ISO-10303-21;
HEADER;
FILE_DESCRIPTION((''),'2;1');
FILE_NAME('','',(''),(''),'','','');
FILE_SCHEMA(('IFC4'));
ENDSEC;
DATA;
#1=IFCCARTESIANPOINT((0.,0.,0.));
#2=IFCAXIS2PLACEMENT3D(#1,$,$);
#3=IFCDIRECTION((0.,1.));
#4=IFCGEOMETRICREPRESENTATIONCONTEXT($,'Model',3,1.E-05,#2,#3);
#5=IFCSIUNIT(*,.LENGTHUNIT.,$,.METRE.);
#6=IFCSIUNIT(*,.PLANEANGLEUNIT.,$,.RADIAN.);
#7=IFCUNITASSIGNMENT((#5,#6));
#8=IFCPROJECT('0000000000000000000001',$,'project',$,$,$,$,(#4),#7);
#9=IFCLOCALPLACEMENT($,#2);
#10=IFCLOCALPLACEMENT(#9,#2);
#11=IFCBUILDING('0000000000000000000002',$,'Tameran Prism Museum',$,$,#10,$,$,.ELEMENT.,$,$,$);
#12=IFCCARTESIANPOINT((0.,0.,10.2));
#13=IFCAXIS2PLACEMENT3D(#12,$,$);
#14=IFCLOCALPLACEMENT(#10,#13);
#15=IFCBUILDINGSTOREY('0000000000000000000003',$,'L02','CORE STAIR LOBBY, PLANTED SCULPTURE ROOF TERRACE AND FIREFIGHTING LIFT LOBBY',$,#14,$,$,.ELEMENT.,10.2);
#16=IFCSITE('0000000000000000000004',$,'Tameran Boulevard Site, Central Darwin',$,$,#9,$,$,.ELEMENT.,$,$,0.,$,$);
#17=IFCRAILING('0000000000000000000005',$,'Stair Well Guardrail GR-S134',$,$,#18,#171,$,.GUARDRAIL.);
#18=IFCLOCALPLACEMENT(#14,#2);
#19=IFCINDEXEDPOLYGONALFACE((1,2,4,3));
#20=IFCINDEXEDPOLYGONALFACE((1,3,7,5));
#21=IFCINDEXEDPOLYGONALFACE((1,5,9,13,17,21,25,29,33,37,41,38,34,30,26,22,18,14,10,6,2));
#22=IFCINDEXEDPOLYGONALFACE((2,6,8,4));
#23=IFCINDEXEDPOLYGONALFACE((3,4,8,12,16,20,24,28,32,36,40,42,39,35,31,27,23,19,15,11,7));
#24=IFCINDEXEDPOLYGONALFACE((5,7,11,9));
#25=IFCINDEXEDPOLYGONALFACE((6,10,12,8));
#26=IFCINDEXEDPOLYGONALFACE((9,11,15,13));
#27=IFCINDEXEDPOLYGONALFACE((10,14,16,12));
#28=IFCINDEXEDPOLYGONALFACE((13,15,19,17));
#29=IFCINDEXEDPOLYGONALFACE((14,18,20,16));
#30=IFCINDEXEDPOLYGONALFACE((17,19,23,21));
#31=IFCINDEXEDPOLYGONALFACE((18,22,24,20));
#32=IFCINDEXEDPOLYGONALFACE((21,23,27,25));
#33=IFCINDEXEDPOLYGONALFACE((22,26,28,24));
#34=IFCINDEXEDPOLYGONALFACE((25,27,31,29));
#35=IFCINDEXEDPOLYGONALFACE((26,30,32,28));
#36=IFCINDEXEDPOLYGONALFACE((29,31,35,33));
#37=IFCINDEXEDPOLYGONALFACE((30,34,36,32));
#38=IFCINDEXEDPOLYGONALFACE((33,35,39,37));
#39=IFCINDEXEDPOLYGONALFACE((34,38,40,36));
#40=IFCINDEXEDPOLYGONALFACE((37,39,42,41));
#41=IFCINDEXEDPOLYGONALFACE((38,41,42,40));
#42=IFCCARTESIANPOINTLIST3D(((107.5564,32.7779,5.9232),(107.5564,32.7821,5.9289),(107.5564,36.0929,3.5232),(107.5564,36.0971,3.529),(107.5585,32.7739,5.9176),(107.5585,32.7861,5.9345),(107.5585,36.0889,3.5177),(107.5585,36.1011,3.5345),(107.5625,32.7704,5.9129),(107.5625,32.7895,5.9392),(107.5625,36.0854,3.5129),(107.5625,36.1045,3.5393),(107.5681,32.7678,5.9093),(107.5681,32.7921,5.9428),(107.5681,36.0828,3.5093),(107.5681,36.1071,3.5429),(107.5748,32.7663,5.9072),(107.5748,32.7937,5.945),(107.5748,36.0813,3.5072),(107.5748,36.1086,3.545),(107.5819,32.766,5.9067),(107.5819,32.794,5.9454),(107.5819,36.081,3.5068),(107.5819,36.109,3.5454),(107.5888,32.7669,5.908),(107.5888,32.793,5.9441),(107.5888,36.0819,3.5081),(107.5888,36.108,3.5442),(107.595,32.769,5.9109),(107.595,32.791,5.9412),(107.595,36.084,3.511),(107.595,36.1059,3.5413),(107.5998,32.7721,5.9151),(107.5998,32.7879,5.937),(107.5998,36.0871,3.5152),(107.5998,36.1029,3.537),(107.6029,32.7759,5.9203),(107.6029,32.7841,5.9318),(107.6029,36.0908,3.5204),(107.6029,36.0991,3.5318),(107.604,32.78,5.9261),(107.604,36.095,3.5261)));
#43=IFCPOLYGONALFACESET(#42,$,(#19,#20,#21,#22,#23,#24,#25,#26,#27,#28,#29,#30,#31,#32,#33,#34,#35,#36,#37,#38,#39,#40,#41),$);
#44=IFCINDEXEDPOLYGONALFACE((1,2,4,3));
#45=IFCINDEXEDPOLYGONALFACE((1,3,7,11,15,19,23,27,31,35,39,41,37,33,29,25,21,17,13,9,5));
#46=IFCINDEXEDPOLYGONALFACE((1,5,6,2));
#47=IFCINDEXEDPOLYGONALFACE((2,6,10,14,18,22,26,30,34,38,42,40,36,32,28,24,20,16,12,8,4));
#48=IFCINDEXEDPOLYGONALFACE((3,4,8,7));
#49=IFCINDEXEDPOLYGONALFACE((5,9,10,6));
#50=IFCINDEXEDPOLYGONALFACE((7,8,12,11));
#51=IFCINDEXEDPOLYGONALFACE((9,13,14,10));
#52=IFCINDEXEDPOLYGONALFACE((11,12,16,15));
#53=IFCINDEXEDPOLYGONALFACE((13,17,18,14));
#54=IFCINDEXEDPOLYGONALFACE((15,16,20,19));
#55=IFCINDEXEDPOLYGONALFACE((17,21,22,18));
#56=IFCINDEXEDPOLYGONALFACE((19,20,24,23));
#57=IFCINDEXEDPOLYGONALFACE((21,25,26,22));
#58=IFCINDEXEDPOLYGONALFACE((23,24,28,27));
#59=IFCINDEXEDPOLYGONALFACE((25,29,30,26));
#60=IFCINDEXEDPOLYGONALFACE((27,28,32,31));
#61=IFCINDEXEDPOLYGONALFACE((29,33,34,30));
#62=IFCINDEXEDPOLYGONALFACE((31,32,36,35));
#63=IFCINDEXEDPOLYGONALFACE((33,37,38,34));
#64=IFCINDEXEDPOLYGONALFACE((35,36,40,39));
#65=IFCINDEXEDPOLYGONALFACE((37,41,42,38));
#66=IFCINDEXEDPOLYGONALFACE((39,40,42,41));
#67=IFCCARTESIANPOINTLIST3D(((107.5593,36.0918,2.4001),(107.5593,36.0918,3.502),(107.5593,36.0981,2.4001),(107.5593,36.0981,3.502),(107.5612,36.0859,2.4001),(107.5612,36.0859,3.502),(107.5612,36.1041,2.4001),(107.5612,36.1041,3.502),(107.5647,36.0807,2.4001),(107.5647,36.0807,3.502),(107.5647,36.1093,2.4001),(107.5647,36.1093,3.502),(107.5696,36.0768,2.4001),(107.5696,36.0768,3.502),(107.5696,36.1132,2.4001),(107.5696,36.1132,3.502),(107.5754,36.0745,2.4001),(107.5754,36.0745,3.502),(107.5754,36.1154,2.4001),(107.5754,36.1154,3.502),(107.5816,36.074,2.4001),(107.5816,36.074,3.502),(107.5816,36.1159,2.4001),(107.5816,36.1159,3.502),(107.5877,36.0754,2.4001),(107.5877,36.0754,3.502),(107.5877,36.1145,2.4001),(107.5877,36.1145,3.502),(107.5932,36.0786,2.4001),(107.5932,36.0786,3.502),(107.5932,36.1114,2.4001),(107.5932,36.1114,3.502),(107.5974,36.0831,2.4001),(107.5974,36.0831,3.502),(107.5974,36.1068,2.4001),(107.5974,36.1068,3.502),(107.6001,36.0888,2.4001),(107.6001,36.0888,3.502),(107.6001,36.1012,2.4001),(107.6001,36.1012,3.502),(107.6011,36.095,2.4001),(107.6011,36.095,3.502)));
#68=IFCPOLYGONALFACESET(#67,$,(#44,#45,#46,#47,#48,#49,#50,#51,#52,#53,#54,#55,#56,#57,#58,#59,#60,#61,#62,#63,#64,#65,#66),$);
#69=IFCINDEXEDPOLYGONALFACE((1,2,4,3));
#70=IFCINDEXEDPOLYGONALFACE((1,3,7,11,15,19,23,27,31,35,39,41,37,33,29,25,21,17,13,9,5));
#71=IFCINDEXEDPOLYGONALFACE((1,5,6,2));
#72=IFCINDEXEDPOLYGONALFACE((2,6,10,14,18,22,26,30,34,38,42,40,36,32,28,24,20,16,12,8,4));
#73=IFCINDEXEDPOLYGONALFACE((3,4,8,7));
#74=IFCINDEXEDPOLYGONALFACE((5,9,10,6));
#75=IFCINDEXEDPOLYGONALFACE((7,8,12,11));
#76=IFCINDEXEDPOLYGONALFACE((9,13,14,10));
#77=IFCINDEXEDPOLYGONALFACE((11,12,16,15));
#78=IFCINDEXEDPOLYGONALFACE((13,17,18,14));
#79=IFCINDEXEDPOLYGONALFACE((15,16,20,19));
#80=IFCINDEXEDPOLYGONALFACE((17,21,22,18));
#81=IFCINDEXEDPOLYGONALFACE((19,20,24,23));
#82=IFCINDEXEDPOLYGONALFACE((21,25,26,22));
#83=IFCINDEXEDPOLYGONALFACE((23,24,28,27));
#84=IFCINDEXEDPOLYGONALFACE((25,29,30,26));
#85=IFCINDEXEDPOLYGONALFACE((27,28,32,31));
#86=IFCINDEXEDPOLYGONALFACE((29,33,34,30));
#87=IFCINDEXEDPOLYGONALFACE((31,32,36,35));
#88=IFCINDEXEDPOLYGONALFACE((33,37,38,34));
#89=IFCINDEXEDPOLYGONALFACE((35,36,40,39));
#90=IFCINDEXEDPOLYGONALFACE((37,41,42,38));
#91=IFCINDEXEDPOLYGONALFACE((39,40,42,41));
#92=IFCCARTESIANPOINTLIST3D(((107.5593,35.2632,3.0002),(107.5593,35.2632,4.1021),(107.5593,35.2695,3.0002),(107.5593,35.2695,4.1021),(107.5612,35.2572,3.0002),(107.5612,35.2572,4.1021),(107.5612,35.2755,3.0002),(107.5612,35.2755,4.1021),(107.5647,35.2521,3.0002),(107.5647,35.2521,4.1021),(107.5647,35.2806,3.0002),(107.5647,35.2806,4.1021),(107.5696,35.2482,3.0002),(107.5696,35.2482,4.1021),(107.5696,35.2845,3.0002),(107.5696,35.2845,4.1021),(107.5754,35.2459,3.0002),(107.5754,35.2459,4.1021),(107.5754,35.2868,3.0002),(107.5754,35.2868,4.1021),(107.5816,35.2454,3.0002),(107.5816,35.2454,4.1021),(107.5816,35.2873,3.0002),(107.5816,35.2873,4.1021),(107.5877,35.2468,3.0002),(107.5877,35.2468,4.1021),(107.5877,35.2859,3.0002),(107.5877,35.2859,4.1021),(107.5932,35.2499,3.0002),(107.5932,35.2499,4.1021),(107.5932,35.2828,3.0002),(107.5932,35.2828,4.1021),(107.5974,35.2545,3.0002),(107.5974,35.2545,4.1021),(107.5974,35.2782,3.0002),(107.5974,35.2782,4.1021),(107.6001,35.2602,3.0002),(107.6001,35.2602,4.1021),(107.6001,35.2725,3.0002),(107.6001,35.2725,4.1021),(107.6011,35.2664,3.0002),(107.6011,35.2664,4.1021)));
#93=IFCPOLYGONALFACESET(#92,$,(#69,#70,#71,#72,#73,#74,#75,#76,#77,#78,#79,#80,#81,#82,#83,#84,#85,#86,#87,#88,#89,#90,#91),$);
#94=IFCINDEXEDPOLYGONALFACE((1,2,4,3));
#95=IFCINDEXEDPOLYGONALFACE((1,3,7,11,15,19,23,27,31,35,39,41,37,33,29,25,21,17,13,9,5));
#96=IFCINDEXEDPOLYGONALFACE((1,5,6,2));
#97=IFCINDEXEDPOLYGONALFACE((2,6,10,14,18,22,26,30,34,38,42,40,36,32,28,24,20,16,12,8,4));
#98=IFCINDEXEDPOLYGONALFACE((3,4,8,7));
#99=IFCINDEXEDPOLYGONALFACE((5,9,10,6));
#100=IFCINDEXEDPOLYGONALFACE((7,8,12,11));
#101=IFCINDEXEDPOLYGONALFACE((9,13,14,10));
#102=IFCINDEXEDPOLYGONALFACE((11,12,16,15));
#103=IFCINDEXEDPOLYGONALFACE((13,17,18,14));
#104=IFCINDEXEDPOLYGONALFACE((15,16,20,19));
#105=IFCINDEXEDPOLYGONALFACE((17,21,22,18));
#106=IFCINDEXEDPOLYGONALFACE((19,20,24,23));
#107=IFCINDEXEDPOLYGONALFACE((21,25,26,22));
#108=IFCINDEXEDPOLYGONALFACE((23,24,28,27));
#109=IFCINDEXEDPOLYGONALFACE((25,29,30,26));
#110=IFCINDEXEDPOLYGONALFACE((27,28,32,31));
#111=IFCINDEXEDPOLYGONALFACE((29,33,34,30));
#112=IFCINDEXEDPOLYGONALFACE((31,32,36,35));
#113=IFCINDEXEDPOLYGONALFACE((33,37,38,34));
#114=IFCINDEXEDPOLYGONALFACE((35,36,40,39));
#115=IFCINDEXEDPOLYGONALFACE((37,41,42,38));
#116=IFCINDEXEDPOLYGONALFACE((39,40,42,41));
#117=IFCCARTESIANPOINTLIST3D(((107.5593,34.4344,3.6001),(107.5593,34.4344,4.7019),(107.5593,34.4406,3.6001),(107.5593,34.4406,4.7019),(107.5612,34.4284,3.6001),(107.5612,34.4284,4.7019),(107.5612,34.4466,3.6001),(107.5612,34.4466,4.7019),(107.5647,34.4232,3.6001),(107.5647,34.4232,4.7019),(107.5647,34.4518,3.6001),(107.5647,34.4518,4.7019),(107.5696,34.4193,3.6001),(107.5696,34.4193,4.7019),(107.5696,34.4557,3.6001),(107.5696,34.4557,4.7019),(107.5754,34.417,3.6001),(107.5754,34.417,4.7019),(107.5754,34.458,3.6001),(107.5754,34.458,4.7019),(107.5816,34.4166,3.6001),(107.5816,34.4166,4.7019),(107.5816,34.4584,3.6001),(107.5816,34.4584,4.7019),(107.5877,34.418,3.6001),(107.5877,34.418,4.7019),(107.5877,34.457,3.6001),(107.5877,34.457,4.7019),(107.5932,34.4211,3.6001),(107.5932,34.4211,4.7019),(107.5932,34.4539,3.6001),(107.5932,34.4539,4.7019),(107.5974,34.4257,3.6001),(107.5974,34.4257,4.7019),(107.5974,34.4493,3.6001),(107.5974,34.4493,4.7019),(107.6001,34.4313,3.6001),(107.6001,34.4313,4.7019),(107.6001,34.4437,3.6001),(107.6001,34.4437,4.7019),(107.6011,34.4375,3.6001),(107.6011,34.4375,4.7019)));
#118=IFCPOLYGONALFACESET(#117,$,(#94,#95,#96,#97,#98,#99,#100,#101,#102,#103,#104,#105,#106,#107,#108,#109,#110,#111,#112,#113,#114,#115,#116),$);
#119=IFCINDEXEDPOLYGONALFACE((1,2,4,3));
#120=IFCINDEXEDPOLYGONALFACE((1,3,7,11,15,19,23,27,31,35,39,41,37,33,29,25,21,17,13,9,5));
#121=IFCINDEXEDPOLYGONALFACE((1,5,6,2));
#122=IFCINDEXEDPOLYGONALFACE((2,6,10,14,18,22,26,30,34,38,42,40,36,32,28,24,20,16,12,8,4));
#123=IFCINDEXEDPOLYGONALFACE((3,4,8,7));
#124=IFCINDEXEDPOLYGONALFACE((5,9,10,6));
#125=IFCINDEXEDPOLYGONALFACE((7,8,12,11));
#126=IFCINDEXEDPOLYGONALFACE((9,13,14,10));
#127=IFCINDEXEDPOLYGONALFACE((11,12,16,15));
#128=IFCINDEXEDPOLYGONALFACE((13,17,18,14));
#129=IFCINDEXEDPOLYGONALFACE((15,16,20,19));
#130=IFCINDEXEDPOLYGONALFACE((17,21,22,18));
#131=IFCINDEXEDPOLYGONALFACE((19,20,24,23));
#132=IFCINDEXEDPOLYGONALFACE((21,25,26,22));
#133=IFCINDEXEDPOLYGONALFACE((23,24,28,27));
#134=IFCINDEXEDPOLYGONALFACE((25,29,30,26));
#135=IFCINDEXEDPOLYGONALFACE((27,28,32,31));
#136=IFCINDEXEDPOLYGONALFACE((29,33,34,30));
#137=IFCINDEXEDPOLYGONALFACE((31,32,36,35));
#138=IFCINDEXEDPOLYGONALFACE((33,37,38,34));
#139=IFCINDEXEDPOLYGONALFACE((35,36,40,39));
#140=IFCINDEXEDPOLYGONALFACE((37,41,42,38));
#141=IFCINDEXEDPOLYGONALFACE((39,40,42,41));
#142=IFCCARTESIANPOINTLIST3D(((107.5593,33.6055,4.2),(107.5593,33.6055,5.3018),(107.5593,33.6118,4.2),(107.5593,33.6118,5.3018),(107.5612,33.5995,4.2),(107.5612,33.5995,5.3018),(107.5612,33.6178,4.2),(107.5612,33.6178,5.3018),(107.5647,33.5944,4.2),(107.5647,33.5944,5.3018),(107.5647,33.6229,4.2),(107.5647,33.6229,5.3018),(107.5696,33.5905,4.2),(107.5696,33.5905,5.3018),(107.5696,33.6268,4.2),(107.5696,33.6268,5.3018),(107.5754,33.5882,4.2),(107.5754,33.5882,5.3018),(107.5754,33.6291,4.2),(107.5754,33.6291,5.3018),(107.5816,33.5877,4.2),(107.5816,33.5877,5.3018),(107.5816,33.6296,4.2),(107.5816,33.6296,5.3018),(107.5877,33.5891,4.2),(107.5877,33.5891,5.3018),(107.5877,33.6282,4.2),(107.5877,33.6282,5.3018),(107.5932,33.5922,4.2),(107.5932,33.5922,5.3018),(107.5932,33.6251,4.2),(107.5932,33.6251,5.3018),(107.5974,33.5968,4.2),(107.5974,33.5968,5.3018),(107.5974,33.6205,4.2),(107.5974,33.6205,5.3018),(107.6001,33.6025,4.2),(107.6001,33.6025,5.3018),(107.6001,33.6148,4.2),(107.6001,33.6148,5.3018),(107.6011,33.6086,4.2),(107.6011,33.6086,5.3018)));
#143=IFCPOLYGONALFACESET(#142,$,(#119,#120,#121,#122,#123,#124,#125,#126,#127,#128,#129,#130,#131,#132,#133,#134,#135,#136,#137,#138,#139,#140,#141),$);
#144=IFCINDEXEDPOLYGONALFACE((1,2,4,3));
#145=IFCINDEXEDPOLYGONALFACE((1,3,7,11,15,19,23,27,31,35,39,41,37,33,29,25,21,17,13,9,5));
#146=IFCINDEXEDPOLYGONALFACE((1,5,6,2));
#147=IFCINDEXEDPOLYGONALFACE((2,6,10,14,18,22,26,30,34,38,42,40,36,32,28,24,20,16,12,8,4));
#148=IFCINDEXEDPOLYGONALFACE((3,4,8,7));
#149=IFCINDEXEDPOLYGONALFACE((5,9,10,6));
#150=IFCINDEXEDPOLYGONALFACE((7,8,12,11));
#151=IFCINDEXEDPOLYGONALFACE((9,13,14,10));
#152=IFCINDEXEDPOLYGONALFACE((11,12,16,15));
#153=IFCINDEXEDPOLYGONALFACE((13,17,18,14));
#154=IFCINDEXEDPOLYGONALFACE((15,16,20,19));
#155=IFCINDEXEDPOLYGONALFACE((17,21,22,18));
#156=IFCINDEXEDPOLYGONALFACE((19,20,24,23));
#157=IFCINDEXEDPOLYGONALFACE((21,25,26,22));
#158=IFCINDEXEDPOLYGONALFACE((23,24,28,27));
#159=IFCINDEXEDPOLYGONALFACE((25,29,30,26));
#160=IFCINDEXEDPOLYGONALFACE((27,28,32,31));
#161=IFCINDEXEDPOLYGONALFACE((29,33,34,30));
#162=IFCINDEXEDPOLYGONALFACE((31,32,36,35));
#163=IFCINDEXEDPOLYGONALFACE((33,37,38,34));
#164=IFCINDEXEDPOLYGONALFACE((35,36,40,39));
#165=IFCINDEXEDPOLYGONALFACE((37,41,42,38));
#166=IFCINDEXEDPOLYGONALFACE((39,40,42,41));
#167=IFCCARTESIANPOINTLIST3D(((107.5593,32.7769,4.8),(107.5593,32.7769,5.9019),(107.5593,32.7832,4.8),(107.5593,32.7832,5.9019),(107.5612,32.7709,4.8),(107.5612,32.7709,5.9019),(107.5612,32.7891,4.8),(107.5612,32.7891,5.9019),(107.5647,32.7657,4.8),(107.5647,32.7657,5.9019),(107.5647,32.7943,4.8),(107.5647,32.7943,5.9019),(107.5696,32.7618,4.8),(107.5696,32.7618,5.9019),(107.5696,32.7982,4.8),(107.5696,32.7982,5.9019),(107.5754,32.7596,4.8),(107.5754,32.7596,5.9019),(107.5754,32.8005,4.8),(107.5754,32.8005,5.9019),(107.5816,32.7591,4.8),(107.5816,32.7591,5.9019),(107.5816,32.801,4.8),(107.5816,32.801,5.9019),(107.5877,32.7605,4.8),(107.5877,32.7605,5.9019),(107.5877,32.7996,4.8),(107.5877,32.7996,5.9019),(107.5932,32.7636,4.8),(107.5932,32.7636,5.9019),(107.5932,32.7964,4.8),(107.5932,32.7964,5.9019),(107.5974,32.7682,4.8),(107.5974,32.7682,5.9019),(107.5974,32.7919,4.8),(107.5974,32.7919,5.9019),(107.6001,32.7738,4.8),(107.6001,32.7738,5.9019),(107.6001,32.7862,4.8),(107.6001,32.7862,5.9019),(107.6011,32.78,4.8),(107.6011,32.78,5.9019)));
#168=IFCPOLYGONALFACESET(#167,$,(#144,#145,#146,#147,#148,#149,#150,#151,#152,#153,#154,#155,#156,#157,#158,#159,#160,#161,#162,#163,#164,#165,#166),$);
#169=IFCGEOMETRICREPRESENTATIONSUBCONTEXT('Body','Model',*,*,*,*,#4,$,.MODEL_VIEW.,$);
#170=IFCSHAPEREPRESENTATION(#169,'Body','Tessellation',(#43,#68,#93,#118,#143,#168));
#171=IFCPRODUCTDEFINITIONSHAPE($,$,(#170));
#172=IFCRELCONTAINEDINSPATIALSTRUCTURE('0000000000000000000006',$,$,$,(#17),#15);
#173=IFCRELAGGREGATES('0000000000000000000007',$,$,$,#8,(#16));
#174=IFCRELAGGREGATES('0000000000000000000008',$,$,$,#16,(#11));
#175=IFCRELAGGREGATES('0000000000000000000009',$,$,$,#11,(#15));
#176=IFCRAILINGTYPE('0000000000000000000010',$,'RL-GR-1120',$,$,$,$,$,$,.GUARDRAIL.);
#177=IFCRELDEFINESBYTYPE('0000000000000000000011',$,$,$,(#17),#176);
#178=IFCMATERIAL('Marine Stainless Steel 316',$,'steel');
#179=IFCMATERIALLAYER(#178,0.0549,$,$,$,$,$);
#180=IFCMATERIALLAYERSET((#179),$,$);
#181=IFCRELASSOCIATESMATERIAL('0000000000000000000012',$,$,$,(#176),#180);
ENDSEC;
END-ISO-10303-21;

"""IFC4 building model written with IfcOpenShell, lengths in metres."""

from ifc_helpers import new_model, si_unit, direction, frame, origin, origin_2d, place, context, subcontext, project, spatial, circle, extrude, material, layer, layer_set, type_object, element, save


model = new_model("IFC4")

# Units and contexts
model_context = context("Model", 3, precision=1e-05, world=origin(), true_north=direction((0.0, 1.0)))
body_context = subcontext(model_context, "Body", "Model", "MODEL_VIEW")
ifc_project = project(units=[si_unit("LENGTHUNIT", "METRE"), si_unit("PLANEANGLEUNIT", "RADIAN")], contexts=[model_context])

# Site, building, storey
site_placement = place(None, origin())
site = spatial("IfcSite", under=ifc_project, at=site_placement, Name="Tameran Boulevard Site, Central Darwin", CompositionType="ELEMENT", RefElevation=0.0)
building_placement = place(site_placement, origin())
building = spatial("IfcBuilding", under=site, at=building_placement, Name="Tameran Prism Museum", CompositionType="ELEMENT")
storey_placement = place(building_placement, frame((0.0, 0.0, 10.2)))
storey = spatial("IfcBuildingStorey", under=building, at=storey_placement, Name="L02", Description="CORE STAIR LOBBY, PLANTED SCULPTURE ROOF TERRACE AND FIREFIGHTING LIFT LOBBY", CompositionType="ELEMENT", Elevation=10.2)

# Railing
ifc_material_1 = material(Name="Marine Stainless Steel 316", Category="steel")
ifc_layer_1 = layer(ifc_material_1, 0.0549)
ifc_layer_set_1 = layer_set([ifc_layer_1])
railing_type_1 = type_object("IfcRailingType", Name="RL-GR-1120", PredefinedType="GUARDRAIL", material=ifc_layer_set_1)
railing_1_placement = place(storey_placement, frame((107.5801, 36.095, 2.4001)))
element("IfcRailing", 1, at=railing_1_placement, inside=storey, type_object=railing_type_1, Name="Stair Well Guardrail GR-S134", PredefinedType="GUARDRAIL", context=body_context, shape_type="SweptSolid", body=[
    extrude(circle(Radius=0.0239, at=origin_2d()), frame((0.0, 0.0, 1.126), z_axis=(0.0, -0.810009, 0.586418), x_axis=(1.0, 0.0, 0.0)), (0.0, 0.0, 1.0), 4.0925),
    extrude(circle(Radius=0.021, at=origin_2d()), origin(), (0.0, 0.0, 1.0), 1.1018),
    extrude(circle(Radius=0.021, at=origin_2d()), frame((0.0, -0.8286, 0.6001)), (0.0, 0.0, 1.0), 1.1018),
    extrude(circle(Radius=0.021, at=origin_2d()), frame((0.0, -1.6575, 1.2)), (0.0, 0.0, 1.0), 1.1018),
    extrude(circle(Radius=0.021, at=origin_2d()), frame((0.0, -2.4863, 1.7998)), (0.0, 0.0, 1.0), 1.1018),
    extrude(circle(Radius=0.021, at=origin_2d()), frame((0.0, -3.3149, 2.3999)), (0.0, 0.0, 1.0), 1.1018),
])

save(model, "model.ifc")
